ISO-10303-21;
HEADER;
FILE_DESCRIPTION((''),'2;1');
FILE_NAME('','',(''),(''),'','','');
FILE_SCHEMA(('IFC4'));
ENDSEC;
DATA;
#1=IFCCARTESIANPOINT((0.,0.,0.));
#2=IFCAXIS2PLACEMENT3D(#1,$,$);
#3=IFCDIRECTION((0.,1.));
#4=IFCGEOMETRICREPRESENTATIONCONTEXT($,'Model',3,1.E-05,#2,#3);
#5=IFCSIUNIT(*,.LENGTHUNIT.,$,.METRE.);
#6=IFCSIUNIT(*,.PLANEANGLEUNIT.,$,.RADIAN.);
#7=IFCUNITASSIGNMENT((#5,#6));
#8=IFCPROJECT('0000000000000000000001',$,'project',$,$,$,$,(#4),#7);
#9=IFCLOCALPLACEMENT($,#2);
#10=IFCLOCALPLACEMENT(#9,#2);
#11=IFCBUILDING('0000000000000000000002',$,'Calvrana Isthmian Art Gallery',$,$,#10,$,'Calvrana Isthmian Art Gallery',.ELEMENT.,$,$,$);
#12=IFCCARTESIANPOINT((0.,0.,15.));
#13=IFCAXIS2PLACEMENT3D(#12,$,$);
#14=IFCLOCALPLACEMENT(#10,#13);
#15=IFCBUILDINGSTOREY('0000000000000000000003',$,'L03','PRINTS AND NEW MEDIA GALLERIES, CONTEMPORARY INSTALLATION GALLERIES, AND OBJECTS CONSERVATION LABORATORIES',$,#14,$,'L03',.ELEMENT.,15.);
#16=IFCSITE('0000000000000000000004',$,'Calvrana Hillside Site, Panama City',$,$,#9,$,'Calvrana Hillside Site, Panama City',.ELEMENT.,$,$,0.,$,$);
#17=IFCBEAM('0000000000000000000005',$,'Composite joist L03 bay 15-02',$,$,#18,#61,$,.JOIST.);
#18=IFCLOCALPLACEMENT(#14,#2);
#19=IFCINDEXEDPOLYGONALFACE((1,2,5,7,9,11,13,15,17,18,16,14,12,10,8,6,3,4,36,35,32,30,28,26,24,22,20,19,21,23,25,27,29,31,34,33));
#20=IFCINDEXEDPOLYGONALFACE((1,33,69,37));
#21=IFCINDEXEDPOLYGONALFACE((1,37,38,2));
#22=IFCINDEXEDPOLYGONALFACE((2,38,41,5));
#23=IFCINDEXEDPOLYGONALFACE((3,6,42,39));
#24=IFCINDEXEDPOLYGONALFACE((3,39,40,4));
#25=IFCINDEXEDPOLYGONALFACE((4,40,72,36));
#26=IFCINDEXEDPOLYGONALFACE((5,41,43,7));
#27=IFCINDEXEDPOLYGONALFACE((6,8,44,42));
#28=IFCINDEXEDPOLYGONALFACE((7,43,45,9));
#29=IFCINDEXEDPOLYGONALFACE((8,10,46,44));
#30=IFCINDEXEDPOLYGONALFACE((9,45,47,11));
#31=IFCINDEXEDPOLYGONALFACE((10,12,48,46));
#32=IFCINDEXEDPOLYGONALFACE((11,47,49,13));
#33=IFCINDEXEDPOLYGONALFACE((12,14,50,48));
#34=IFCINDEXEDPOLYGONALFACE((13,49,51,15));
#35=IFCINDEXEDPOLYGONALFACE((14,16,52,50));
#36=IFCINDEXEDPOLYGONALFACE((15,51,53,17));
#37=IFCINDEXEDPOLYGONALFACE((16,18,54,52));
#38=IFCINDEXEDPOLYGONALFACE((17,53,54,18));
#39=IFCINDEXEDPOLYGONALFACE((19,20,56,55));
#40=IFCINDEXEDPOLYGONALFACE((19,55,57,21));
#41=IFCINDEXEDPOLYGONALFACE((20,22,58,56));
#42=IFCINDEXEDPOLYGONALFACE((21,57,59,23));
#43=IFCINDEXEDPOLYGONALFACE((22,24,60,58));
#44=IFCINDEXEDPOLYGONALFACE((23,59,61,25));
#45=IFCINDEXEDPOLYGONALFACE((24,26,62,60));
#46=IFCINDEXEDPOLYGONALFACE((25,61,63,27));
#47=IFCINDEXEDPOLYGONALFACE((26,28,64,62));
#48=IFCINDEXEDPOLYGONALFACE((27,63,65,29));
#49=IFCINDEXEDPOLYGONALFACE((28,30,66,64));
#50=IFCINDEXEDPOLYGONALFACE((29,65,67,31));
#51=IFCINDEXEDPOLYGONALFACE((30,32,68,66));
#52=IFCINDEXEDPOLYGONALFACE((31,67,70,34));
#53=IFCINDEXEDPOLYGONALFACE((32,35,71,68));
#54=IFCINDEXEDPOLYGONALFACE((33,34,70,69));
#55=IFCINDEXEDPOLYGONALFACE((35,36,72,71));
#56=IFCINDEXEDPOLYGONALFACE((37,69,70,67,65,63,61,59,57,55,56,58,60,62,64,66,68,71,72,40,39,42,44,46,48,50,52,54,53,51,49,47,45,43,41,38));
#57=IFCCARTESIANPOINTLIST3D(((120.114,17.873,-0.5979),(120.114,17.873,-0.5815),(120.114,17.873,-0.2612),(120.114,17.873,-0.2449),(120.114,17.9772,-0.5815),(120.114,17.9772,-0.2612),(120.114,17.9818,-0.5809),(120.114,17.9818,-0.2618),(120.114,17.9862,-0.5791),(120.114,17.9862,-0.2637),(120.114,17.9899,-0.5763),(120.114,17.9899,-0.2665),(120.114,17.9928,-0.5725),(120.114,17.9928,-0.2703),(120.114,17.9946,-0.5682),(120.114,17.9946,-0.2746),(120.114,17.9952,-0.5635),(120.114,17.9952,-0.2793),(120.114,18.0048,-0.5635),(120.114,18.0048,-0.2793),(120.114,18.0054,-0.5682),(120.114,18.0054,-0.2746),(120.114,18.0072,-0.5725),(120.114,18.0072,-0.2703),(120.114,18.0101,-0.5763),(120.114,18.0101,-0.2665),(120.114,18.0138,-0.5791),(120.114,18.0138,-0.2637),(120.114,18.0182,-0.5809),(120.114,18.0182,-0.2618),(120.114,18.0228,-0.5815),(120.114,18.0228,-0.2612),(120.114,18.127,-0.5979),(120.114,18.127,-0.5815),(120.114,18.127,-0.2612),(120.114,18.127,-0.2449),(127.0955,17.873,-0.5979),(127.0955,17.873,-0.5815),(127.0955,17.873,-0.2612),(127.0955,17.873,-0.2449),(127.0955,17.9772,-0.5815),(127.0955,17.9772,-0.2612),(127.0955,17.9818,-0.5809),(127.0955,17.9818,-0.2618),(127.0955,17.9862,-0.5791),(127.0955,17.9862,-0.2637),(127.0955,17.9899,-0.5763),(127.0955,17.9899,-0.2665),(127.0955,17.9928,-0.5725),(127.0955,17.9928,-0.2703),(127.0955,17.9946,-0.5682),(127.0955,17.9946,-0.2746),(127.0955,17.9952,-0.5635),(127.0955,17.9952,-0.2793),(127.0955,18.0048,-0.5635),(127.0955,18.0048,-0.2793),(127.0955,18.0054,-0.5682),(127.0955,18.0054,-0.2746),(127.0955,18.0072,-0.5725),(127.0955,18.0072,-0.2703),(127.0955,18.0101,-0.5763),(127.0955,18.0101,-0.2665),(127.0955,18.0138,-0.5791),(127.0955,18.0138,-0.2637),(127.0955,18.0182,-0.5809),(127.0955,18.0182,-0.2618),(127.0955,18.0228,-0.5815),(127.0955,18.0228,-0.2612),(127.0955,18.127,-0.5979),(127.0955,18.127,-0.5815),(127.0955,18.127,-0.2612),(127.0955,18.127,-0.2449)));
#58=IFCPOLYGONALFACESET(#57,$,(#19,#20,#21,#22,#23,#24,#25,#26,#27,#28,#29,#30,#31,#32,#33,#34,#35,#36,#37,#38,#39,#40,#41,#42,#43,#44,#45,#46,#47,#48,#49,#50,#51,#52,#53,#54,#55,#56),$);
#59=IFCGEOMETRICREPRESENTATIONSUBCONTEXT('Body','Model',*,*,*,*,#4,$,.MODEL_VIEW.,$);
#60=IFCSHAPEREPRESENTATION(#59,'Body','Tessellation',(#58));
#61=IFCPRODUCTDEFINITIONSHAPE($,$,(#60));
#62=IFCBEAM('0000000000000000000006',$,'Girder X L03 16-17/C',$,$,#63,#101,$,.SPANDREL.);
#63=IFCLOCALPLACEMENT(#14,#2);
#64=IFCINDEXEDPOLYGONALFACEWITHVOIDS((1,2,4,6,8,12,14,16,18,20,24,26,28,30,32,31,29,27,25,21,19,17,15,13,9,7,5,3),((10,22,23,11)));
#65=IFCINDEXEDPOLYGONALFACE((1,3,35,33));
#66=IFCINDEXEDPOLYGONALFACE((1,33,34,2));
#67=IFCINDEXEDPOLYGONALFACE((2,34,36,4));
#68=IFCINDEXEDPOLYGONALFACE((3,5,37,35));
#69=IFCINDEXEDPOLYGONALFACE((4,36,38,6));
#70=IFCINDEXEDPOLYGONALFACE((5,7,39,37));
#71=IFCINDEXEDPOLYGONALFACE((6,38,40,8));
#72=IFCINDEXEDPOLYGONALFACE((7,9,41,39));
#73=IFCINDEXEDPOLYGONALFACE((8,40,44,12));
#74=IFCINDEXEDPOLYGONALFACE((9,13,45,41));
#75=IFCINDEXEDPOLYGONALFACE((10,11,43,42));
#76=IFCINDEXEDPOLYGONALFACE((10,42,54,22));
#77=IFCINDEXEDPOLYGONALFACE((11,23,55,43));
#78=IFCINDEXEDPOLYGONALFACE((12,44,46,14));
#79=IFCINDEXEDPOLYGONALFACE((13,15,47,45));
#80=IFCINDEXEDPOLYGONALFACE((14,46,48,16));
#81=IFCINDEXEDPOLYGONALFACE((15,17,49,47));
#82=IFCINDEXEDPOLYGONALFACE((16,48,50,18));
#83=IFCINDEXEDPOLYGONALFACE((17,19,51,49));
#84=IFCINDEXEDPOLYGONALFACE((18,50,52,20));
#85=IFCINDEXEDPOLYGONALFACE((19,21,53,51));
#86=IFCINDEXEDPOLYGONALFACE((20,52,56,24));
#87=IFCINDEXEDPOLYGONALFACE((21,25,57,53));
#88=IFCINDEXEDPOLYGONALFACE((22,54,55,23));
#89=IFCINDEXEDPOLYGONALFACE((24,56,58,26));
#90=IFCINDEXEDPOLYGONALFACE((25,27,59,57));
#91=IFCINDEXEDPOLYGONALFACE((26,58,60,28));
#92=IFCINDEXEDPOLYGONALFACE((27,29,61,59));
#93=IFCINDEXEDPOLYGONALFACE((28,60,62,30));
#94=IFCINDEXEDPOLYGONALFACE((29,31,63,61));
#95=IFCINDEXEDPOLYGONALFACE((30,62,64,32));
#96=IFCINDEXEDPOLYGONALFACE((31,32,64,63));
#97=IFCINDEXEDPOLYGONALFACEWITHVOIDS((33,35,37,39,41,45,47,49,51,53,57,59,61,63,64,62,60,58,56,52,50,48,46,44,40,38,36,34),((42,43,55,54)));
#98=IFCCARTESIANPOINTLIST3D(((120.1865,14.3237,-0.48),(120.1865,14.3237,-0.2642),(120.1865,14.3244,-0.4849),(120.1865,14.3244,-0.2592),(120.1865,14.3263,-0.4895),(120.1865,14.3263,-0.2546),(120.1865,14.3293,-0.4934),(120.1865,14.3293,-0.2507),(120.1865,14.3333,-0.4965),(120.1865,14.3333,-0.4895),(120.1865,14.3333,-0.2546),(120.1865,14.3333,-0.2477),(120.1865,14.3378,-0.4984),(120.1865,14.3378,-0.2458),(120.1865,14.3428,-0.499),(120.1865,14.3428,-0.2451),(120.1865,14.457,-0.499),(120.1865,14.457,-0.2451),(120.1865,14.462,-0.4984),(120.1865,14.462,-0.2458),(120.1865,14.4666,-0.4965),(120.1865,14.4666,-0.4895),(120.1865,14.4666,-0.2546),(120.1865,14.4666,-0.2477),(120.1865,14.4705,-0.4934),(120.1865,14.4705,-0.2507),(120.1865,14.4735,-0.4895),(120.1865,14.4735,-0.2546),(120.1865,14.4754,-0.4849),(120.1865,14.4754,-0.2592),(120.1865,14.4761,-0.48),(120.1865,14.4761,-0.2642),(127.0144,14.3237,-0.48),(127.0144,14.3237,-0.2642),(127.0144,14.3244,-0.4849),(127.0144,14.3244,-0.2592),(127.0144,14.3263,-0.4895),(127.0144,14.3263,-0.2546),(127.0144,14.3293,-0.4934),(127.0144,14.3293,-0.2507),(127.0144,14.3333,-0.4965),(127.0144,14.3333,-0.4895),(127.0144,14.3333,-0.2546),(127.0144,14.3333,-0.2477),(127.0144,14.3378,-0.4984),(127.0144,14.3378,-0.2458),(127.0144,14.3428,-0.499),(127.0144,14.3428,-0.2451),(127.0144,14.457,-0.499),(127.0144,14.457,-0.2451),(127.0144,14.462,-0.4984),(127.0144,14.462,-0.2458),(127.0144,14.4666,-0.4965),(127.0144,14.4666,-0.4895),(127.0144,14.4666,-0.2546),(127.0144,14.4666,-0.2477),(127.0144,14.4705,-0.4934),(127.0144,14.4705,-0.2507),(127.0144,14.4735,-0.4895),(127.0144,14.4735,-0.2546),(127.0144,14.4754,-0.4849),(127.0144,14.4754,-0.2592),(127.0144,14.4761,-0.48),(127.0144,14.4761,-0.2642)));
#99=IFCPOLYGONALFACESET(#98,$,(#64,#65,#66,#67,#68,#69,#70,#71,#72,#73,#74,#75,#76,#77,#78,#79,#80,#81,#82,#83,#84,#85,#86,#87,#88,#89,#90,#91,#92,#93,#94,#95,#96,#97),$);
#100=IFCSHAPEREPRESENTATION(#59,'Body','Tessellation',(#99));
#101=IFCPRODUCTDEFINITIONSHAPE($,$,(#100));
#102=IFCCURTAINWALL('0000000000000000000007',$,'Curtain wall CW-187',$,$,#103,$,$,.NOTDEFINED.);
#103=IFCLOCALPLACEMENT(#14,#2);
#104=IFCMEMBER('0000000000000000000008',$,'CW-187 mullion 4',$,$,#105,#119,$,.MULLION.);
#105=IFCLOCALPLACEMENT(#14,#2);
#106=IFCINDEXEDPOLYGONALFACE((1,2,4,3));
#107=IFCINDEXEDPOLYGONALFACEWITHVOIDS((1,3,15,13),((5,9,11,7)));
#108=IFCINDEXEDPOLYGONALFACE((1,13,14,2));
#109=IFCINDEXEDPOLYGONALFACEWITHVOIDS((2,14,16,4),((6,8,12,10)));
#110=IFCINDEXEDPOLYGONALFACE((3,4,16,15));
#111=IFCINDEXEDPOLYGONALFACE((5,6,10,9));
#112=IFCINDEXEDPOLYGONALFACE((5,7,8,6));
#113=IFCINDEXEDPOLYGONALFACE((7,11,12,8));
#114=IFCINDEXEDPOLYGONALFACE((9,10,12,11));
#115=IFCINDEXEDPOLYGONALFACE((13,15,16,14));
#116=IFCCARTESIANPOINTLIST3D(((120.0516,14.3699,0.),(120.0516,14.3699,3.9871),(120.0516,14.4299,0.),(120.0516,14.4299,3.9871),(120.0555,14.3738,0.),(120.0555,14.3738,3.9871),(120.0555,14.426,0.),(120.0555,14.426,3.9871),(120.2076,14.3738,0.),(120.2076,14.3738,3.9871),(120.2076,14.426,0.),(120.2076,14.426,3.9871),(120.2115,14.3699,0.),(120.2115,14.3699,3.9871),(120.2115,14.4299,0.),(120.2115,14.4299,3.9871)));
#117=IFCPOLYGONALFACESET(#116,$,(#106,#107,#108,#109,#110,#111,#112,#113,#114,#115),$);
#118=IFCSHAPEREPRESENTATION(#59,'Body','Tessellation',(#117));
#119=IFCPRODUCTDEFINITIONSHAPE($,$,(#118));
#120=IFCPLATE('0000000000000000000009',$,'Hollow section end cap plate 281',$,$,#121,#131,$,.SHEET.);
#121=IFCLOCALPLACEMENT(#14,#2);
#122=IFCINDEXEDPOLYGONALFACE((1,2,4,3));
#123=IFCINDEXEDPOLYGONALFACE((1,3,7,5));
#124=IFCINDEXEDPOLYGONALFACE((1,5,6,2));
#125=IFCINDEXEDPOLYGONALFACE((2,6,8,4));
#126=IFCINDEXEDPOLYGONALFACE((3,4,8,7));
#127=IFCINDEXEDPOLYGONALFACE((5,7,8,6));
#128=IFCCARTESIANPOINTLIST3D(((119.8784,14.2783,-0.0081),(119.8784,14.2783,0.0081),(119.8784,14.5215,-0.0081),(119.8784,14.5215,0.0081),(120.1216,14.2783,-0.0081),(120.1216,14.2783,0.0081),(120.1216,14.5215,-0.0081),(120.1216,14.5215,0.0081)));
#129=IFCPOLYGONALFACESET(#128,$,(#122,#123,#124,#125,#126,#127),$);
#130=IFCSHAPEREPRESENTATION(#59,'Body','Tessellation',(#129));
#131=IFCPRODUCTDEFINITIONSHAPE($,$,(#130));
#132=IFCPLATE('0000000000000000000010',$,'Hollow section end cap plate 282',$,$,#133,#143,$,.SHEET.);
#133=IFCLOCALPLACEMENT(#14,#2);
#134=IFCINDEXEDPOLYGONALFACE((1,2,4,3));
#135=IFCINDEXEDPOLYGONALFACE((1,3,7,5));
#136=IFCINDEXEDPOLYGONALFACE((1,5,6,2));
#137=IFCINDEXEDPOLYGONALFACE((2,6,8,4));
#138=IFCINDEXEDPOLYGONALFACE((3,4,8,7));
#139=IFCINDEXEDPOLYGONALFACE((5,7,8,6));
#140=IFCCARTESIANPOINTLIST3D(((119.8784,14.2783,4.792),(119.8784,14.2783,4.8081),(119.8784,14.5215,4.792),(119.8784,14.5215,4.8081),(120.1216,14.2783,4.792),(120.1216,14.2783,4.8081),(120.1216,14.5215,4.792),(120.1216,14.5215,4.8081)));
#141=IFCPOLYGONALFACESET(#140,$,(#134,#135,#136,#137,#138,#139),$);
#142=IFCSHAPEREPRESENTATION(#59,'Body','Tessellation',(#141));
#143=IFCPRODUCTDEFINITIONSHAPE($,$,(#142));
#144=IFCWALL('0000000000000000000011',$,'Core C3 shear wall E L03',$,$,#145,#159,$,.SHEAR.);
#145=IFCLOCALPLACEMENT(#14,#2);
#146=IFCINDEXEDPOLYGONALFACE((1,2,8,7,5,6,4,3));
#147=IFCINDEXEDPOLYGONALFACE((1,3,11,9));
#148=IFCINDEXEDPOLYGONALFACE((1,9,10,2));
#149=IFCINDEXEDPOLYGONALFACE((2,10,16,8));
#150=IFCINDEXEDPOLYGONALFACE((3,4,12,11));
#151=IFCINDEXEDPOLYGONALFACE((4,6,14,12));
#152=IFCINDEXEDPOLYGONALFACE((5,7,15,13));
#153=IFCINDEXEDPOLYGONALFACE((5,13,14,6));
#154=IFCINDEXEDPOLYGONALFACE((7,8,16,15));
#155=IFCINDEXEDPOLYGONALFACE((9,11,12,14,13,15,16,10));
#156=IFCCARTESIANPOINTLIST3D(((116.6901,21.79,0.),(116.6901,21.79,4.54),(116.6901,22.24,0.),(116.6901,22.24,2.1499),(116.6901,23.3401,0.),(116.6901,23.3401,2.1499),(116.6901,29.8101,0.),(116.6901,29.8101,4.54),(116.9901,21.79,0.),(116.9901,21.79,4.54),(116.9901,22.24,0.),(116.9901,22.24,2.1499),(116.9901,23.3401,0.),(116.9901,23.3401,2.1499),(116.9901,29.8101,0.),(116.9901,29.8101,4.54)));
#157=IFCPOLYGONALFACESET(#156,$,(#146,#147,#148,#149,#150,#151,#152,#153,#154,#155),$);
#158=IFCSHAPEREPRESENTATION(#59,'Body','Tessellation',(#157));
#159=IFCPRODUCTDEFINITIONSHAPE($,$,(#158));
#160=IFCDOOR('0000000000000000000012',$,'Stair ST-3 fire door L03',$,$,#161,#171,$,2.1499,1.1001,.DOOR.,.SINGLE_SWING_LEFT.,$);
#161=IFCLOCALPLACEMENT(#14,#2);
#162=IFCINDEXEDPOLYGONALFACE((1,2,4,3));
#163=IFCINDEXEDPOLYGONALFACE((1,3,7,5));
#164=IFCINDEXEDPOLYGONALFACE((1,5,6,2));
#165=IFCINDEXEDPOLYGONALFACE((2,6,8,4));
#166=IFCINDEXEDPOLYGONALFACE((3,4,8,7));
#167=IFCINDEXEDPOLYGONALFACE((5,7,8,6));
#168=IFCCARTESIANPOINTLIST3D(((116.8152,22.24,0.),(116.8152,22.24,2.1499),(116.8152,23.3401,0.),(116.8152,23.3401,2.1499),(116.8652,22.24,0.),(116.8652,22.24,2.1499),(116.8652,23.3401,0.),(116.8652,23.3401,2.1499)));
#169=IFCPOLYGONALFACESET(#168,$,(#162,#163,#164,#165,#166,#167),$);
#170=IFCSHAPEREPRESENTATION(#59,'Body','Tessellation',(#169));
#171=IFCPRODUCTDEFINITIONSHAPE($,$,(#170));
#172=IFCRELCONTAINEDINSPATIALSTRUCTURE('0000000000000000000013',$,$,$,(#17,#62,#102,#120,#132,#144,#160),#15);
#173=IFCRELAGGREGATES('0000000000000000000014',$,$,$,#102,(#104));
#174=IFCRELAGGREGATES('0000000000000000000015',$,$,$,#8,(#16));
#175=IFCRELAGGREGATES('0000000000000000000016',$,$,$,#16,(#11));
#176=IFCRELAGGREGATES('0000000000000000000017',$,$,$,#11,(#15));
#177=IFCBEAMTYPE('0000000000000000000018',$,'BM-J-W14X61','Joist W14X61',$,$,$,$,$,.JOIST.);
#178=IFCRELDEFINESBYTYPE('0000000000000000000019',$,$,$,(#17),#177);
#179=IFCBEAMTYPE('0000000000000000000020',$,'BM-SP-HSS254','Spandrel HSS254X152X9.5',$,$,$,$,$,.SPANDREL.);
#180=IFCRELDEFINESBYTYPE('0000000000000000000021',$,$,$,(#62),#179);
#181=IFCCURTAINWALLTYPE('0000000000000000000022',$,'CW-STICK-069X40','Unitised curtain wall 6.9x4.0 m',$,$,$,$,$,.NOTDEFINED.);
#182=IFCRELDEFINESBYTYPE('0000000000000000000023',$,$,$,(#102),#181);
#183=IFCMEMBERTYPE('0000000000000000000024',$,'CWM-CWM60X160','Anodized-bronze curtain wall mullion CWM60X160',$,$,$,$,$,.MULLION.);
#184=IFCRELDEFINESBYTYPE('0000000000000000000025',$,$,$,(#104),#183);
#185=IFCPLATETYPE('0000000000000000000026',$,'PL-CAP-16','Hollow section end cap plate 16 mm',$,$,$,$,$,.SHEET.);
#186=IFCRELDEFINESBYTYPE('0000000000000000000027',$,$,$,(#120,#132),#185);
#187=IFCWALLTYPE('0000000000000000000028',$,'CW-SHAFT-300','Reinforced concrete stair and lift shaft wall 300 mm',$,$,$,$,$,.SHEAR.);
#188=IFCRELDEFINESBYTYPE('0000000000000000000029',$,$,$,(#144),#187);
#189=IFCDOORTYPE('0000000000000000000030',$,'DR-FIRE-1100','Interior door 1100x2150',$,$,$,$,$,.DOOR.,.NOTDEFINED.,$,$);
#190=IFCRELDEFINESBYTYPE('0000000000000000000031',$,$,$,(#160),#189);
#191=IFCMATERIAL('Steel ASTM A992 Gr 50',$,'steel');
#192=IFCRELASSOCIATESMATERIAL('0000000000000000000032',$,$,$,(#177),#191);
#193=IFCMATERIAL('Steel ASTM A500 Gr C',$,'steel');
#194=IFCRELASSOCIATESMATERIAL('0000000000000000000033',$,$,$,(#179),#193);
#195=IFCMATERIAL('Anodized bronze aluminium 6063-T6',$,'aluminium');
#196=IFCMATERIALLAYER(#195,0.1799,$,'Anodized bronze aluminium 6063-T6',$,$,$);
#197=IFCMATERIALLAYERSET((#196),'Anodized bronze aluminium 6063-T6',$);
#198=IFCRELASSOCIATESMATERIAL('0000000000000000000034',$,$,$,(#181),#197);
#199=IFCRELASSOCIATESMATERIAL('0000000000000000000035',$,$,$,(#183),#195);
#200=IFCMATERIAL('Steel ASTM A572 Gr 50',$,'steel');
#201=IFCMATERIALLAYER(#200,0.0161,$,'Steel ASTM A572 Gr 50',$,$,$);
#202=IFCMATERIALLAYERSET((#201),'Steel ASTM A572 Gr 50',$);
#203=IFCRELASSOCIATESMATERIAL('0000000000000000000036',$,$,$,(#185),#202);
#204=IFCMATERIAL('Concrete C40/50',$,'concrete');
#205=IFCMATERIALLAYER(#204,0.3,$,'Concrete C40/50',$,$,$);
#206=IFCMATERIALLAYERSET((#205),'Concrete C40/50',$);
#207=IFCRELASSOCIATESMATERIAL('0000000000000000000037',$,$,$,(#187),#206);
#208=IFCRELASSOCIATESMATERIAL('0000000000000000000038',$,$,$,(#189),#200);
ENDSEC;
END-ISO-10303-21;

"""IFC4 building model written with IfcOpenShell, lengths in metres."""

from ifc_helpers import new_model, si_unit, direction, frame, frame_2d, origin, origin_2d, place, context, subcontext, project, spatial, rectangle, hollow_rectangle, i_section, extrude, material, layer, layer_set, material_profile, profile_set, type_object, element, fill, aggregate, save


model = new_model("IFC4")

# Units and contexts
model_context = context("Model", 3, precision=1e-05, world=origin(), true_north=direction((0.0, 1.0)))
body_context = subcontext(model_context, "Body", "Model", "MODEL_VIEW")
ifc_project = project(units=[si_unit("LENGTHUNIT", "METRE"), si_unit("PLANEANGLEUNIT", "RADIAN")], contexts=[model_context])

# Site, building, storey
site_placement = place(None, origin())
site = spatial("IfcSite", under=ifc_project, at=site_placement, Name="Calvrana Hillside Site, Panama City", LongName="Calvrana Hillside Site, Panama City", CompositionType="ELEMENT", RefElevation=0.0)
building_placement = place(site_placement, origin())
building = spatial("IfcBuilding", under=site, at=building_placement, Name="Calvrana Isthmian Art Gallery", LongName="Calvrana Isthmian Art Gallery", CompositionType="ELEMENT")
storey_placement = place(building_placement, frame((0.0, 0.0, 15.0)))
storey = spatial("IfcBuildingStorey", under=building, at=storey_placement, Name="L03", Description="PRINTS AND NEW MEDIA GALLERIES, CONTEMPORARY INSTALLATION GALLERIES, AND OBJECTS CONSERVATION LABORATORIES", LongName="L03", CompositionType="ELEMENT", Elevation=15.0)

# Shared definitions
ifc_material_1 = material(Name="Steel ASTM A500 Gr C", Category="steel")
ifc_material_2 = material(Name="Steel ASTM A992 Gr 50", Category="steel")

# Beams
ifc_material_profile_1 = material_profile(ifc_material_2, i_section(OverallWidth=0.2539, OverallDepth=0.353, WebThickness=0.0095, FlangeThickness=0.0164, FilletRadius=0.0181, at=origin_2d()), Name="W14X61")
ifc_profile_set_1 = profile_set([ifc_material_profile_1], Name="Steel ASTM A992 Gr 50")
beam_type_1 = type_object("IfcBeamType", Name="BM-J-W14X61", Description="Joist W14X61", PredefinedType="JOIST", material=ifc_profile_set_1)
beam_1_placement = place(storey_placement, frame((120.114, 18.0, -0.4214), z_axis=(1.0, 0.0, 0.0), x_axis=(0.0, 1.0, 0.0)))
element("IfcBeam", 1, at=beam_1_placement, inside=storey, type_object=beam_type_1, Name="Composite joist L03 bay 15-02", PredefinedType="JOIST", context=body_context, shape_type="SweptSolid", body=[
    extrude(i_section(OverallWidth=0.2539, OverallDepth=0.353, WebThickness=0.0095, FlangeThickness=0.0164, FilletRadius=0.0181, at=origin_2d()), origin(), (0.0, 0.0, 1.0), 6.9814),
])
ifc_material_profile_2 = material_profile(ifc_material_1, hollow_rectangle(XDim=0.1523, YDim=0.2539, WallThickness=0.0095, OuterFilletRadius=0.019, at=origin_2d()), Name="HSS254X152X9.5")
ifc_profile_set_2 = profile_set([ifc_material_profile_2], Name="Steel ASTM A500 Gr C")
beam_type_2 = type_object("IfcBeamType", Name="BM-SP-HSS254", Description="Spandrel HSS254X152X9.5", PredefinedType="SPANDREL", material=ifc_profile_set_2)
beam_2_placement = place(storey_placement, frame((120.1865, 14.3999, -0.3721), z_axis=(1.0, 0.0, 0.0), x_axis=(0.0, 1.0, 0.0)))
element("IfcBeam", 2, at=beam_2_placement, inside=storey, type_object=beam_type_2, Name="Girder X L03 16-17/C", PredefinedType="SPANDREL", context=body_context, shape_type="SweptSolid", body=[
    extrude(hollow_rectangle(XDim=0.1523, YDim=0.2539, WallThickness=0.0095, OuterFilletRadius=0.019, at=origin_2d()), origin(), (0.0, 0.0, 1.0), 6.8279),
])

# Curtain wall, member
ifc_material_3 = material(Name="Anodized bronze aluminium 6063-T6", Category="aluminium")
ifc_layer_1 = layer(ifc_material_3, 0.1799, Name="Anodized bronze aluminium 6063-T6")
ifc_layer_set_1 = layer_set([ifc_layer_1], Name="Anodized bronze aluminium 6063-T6")
curtain_wall_type = type_object("IfcCurtainWallType", Name="CW-STICK-069X40", Description="Unitised curtain wall 6.9x4.0 m", PredefinedType="NOTDEFINED", material=ifc_layer_set_1)
curtain_wall_placement = place(storey_placement, origin())
curtain_wall = element("IfcCurtainWall", 3, at=curtain_wall_placement, inside=storey, type_object=curtain_wall_type, Name="Curtain wall CW-187", PredefinedType="NOTDEFINED")
ifc_material_profile_3 = material_profile(ifc_material_3, hollow_rectangle(XDim=0.0601, YDim=0.1599, WallThickness=0.0039, at=origin_2d()), Name="CWM60X160")
ifc_profile_set_3 = profile_set([ifc_material_profile_3], Name="Anodized bronze aluminium 6063-T6")
member_type = type_object("IfcMemberType", Name="CWM-CWM60X160", Description="Anodized-bronze curtain wall mullion CWM60X160", PredefinedType="MULLION", material=ifc_profile_set_3)
member_placement = place(storey_placement, frame((120.1316, 14.3999, 0.0), z_axis=(0.0, 0.0, 1.0), x_axis=(0.0, -1.0, 0.0)))
member = element("IfcMember", 4, at=member_placement, type_object=member_type, Name="CW-187 mullion 4", PredefinedType="MULLION", context=body_context, shape_type="SweptSolid", body=[
    extrude(hollow_rectangle(XDim=0.0601, YDim=0.1599, WallThickness=0.0039, at=origin_2d()), origin(), (0.0, 0.0, 1.0), 3.9871),
])
aggregate(curtain_wall, [member])

# Plates
ifc_material_4 = material(Name="Steel ASTM A572 Gr 50", Category="steel")
ifc_layer_2 = layer(ifc_material_4, 0.0161, Name="Steel ASTM A572 Gr 50")
ifc_layer_set_2 = layer_set([ifc_layer_2], Name="Steel ASTM A572 Gr 50")
plate_type = type_object("IfcPlateType", Name="PL-CAP-16", Description="Hollow section end cap plate 16 mm", PredefinedType="SHEET", material=ifc_layer_set_2)
for number, where, z_axis, x_axis, name in (
    (5, (120.0, 14.3999, -0.0081), (0.0, 0.0, 1.0), (1.0, 0.0, 0.0), "Hollow section end cap plate 281"),
    (6, (120.0, 14.3999, 4.792), (0.0, 0.0, 1.0), (1.0, 0.0, 0.0), "Hollow section end cap plate 282"),
):
    element("IfcPlate", number, at=place(storey_placement, frame(where, z_axis=z_axis, x_axis=x_axis)), inside=storey, type_object=plate_type, Name=name, PredefinedType="SHEET", context=body_context, shape_type="SweptSolid", body=[
        extrude(rectangle(XDim=0.2432, YDim=0.2432, at=origin_2d()), origin(), (0.0, 0.0, 1.0), 0.0161),
    ])

# Wall, opening, door
ifc_material_5 = material(Name="Concrete C40/50", Category="concrete")
ifc_layer_3 = layer(ifc_material_5, 0.3, Name="Concrete C40/50")
ifc_layer_set_3 = layer_set([ifc_layer_3], Name="Concrete C40/50")
wall_type_1 = type_object("IfcWallType", Name="CW-SHAFT-300", Description="Reinforced concrete stair and lift shaft wall 300 mm", PredefinedType="SHEAR", material=ifc_layer_set_3)
wall_1_placement = place(storey_placement, frame((116.8401, 21.79, 0.0), z_axis=(0.0, 0.0, 1.0), x_axis=(0.0, 1.0, 0.0)))
wall_1 = element("IfcWall", 7, at=wall_1_placement, inside=storey, type_object=wall_type_1, Name="Core C3 shear wall E L03", PredefinedType="SHEAR", context=body_context, shape_type="SweptSolid", body=[
    extrude(rectangle(XDim=8.02, YDim=0.3, at=frame_2d((4.01, 0.0))), origin(), (0.0, 0.0, 1.0), 4.54),
])
opening_1_placement = place(wall_1_placement, frame((0.45, 0.0, 0.0)))
opening_1 = element("IfcOpeningElement", 8, at=opening_1_placement, cuts=wall_1, PredefinedType="OPENING", context=body_context, shape_type="SweptSolid", body=[
    extrude(rectangle(XDim=1.1001, YDim=2.1499, at=frame_2d((0.55, 1.075))), frame((0.0, 0.1602, 0.0), z_axis=(0.0, -1.0, 0.0), x_axis=(1.0, 0.0, 0.0)), (0.0, 0.0, 1.0), 0.3206),
])
door_type_1 = type_object("IfcDoorType", Name="DR-FIRE-1100", Description="Interior door 1100x2150", OperationType="NOTDEFINED", PredefinedType="DOOR", material=ifc_material_4)
door_1_placement = place(opening_1_placement, origin())
door_1 = element("IfcDoor", 9, at=door_1_placement, inside=storey, type_object=door_type_1, Name="Stair ST-3 fire door L03", OperationType="SINGLE_SWING_LEFT", OverallHeight=2.1499, OverallWidth=1.1001, PredefinedType="DOOR", context=body_context, shape_type="SweptSolid", body=[
    extrude(rectangle(XDim=1.1001, YDim=2.1499, at=frame_2d((0.55, 1.075))), frame((0.0, 0.0249, 0.0), z_axis=(0.0, -1.0, 0.0), x_axis=(1.0, 0.0, 0.0)), (0.0, 0.0, 1.0), 0.05),
])
fill(opening_1, door_1)

save(model, "model.ifc")
